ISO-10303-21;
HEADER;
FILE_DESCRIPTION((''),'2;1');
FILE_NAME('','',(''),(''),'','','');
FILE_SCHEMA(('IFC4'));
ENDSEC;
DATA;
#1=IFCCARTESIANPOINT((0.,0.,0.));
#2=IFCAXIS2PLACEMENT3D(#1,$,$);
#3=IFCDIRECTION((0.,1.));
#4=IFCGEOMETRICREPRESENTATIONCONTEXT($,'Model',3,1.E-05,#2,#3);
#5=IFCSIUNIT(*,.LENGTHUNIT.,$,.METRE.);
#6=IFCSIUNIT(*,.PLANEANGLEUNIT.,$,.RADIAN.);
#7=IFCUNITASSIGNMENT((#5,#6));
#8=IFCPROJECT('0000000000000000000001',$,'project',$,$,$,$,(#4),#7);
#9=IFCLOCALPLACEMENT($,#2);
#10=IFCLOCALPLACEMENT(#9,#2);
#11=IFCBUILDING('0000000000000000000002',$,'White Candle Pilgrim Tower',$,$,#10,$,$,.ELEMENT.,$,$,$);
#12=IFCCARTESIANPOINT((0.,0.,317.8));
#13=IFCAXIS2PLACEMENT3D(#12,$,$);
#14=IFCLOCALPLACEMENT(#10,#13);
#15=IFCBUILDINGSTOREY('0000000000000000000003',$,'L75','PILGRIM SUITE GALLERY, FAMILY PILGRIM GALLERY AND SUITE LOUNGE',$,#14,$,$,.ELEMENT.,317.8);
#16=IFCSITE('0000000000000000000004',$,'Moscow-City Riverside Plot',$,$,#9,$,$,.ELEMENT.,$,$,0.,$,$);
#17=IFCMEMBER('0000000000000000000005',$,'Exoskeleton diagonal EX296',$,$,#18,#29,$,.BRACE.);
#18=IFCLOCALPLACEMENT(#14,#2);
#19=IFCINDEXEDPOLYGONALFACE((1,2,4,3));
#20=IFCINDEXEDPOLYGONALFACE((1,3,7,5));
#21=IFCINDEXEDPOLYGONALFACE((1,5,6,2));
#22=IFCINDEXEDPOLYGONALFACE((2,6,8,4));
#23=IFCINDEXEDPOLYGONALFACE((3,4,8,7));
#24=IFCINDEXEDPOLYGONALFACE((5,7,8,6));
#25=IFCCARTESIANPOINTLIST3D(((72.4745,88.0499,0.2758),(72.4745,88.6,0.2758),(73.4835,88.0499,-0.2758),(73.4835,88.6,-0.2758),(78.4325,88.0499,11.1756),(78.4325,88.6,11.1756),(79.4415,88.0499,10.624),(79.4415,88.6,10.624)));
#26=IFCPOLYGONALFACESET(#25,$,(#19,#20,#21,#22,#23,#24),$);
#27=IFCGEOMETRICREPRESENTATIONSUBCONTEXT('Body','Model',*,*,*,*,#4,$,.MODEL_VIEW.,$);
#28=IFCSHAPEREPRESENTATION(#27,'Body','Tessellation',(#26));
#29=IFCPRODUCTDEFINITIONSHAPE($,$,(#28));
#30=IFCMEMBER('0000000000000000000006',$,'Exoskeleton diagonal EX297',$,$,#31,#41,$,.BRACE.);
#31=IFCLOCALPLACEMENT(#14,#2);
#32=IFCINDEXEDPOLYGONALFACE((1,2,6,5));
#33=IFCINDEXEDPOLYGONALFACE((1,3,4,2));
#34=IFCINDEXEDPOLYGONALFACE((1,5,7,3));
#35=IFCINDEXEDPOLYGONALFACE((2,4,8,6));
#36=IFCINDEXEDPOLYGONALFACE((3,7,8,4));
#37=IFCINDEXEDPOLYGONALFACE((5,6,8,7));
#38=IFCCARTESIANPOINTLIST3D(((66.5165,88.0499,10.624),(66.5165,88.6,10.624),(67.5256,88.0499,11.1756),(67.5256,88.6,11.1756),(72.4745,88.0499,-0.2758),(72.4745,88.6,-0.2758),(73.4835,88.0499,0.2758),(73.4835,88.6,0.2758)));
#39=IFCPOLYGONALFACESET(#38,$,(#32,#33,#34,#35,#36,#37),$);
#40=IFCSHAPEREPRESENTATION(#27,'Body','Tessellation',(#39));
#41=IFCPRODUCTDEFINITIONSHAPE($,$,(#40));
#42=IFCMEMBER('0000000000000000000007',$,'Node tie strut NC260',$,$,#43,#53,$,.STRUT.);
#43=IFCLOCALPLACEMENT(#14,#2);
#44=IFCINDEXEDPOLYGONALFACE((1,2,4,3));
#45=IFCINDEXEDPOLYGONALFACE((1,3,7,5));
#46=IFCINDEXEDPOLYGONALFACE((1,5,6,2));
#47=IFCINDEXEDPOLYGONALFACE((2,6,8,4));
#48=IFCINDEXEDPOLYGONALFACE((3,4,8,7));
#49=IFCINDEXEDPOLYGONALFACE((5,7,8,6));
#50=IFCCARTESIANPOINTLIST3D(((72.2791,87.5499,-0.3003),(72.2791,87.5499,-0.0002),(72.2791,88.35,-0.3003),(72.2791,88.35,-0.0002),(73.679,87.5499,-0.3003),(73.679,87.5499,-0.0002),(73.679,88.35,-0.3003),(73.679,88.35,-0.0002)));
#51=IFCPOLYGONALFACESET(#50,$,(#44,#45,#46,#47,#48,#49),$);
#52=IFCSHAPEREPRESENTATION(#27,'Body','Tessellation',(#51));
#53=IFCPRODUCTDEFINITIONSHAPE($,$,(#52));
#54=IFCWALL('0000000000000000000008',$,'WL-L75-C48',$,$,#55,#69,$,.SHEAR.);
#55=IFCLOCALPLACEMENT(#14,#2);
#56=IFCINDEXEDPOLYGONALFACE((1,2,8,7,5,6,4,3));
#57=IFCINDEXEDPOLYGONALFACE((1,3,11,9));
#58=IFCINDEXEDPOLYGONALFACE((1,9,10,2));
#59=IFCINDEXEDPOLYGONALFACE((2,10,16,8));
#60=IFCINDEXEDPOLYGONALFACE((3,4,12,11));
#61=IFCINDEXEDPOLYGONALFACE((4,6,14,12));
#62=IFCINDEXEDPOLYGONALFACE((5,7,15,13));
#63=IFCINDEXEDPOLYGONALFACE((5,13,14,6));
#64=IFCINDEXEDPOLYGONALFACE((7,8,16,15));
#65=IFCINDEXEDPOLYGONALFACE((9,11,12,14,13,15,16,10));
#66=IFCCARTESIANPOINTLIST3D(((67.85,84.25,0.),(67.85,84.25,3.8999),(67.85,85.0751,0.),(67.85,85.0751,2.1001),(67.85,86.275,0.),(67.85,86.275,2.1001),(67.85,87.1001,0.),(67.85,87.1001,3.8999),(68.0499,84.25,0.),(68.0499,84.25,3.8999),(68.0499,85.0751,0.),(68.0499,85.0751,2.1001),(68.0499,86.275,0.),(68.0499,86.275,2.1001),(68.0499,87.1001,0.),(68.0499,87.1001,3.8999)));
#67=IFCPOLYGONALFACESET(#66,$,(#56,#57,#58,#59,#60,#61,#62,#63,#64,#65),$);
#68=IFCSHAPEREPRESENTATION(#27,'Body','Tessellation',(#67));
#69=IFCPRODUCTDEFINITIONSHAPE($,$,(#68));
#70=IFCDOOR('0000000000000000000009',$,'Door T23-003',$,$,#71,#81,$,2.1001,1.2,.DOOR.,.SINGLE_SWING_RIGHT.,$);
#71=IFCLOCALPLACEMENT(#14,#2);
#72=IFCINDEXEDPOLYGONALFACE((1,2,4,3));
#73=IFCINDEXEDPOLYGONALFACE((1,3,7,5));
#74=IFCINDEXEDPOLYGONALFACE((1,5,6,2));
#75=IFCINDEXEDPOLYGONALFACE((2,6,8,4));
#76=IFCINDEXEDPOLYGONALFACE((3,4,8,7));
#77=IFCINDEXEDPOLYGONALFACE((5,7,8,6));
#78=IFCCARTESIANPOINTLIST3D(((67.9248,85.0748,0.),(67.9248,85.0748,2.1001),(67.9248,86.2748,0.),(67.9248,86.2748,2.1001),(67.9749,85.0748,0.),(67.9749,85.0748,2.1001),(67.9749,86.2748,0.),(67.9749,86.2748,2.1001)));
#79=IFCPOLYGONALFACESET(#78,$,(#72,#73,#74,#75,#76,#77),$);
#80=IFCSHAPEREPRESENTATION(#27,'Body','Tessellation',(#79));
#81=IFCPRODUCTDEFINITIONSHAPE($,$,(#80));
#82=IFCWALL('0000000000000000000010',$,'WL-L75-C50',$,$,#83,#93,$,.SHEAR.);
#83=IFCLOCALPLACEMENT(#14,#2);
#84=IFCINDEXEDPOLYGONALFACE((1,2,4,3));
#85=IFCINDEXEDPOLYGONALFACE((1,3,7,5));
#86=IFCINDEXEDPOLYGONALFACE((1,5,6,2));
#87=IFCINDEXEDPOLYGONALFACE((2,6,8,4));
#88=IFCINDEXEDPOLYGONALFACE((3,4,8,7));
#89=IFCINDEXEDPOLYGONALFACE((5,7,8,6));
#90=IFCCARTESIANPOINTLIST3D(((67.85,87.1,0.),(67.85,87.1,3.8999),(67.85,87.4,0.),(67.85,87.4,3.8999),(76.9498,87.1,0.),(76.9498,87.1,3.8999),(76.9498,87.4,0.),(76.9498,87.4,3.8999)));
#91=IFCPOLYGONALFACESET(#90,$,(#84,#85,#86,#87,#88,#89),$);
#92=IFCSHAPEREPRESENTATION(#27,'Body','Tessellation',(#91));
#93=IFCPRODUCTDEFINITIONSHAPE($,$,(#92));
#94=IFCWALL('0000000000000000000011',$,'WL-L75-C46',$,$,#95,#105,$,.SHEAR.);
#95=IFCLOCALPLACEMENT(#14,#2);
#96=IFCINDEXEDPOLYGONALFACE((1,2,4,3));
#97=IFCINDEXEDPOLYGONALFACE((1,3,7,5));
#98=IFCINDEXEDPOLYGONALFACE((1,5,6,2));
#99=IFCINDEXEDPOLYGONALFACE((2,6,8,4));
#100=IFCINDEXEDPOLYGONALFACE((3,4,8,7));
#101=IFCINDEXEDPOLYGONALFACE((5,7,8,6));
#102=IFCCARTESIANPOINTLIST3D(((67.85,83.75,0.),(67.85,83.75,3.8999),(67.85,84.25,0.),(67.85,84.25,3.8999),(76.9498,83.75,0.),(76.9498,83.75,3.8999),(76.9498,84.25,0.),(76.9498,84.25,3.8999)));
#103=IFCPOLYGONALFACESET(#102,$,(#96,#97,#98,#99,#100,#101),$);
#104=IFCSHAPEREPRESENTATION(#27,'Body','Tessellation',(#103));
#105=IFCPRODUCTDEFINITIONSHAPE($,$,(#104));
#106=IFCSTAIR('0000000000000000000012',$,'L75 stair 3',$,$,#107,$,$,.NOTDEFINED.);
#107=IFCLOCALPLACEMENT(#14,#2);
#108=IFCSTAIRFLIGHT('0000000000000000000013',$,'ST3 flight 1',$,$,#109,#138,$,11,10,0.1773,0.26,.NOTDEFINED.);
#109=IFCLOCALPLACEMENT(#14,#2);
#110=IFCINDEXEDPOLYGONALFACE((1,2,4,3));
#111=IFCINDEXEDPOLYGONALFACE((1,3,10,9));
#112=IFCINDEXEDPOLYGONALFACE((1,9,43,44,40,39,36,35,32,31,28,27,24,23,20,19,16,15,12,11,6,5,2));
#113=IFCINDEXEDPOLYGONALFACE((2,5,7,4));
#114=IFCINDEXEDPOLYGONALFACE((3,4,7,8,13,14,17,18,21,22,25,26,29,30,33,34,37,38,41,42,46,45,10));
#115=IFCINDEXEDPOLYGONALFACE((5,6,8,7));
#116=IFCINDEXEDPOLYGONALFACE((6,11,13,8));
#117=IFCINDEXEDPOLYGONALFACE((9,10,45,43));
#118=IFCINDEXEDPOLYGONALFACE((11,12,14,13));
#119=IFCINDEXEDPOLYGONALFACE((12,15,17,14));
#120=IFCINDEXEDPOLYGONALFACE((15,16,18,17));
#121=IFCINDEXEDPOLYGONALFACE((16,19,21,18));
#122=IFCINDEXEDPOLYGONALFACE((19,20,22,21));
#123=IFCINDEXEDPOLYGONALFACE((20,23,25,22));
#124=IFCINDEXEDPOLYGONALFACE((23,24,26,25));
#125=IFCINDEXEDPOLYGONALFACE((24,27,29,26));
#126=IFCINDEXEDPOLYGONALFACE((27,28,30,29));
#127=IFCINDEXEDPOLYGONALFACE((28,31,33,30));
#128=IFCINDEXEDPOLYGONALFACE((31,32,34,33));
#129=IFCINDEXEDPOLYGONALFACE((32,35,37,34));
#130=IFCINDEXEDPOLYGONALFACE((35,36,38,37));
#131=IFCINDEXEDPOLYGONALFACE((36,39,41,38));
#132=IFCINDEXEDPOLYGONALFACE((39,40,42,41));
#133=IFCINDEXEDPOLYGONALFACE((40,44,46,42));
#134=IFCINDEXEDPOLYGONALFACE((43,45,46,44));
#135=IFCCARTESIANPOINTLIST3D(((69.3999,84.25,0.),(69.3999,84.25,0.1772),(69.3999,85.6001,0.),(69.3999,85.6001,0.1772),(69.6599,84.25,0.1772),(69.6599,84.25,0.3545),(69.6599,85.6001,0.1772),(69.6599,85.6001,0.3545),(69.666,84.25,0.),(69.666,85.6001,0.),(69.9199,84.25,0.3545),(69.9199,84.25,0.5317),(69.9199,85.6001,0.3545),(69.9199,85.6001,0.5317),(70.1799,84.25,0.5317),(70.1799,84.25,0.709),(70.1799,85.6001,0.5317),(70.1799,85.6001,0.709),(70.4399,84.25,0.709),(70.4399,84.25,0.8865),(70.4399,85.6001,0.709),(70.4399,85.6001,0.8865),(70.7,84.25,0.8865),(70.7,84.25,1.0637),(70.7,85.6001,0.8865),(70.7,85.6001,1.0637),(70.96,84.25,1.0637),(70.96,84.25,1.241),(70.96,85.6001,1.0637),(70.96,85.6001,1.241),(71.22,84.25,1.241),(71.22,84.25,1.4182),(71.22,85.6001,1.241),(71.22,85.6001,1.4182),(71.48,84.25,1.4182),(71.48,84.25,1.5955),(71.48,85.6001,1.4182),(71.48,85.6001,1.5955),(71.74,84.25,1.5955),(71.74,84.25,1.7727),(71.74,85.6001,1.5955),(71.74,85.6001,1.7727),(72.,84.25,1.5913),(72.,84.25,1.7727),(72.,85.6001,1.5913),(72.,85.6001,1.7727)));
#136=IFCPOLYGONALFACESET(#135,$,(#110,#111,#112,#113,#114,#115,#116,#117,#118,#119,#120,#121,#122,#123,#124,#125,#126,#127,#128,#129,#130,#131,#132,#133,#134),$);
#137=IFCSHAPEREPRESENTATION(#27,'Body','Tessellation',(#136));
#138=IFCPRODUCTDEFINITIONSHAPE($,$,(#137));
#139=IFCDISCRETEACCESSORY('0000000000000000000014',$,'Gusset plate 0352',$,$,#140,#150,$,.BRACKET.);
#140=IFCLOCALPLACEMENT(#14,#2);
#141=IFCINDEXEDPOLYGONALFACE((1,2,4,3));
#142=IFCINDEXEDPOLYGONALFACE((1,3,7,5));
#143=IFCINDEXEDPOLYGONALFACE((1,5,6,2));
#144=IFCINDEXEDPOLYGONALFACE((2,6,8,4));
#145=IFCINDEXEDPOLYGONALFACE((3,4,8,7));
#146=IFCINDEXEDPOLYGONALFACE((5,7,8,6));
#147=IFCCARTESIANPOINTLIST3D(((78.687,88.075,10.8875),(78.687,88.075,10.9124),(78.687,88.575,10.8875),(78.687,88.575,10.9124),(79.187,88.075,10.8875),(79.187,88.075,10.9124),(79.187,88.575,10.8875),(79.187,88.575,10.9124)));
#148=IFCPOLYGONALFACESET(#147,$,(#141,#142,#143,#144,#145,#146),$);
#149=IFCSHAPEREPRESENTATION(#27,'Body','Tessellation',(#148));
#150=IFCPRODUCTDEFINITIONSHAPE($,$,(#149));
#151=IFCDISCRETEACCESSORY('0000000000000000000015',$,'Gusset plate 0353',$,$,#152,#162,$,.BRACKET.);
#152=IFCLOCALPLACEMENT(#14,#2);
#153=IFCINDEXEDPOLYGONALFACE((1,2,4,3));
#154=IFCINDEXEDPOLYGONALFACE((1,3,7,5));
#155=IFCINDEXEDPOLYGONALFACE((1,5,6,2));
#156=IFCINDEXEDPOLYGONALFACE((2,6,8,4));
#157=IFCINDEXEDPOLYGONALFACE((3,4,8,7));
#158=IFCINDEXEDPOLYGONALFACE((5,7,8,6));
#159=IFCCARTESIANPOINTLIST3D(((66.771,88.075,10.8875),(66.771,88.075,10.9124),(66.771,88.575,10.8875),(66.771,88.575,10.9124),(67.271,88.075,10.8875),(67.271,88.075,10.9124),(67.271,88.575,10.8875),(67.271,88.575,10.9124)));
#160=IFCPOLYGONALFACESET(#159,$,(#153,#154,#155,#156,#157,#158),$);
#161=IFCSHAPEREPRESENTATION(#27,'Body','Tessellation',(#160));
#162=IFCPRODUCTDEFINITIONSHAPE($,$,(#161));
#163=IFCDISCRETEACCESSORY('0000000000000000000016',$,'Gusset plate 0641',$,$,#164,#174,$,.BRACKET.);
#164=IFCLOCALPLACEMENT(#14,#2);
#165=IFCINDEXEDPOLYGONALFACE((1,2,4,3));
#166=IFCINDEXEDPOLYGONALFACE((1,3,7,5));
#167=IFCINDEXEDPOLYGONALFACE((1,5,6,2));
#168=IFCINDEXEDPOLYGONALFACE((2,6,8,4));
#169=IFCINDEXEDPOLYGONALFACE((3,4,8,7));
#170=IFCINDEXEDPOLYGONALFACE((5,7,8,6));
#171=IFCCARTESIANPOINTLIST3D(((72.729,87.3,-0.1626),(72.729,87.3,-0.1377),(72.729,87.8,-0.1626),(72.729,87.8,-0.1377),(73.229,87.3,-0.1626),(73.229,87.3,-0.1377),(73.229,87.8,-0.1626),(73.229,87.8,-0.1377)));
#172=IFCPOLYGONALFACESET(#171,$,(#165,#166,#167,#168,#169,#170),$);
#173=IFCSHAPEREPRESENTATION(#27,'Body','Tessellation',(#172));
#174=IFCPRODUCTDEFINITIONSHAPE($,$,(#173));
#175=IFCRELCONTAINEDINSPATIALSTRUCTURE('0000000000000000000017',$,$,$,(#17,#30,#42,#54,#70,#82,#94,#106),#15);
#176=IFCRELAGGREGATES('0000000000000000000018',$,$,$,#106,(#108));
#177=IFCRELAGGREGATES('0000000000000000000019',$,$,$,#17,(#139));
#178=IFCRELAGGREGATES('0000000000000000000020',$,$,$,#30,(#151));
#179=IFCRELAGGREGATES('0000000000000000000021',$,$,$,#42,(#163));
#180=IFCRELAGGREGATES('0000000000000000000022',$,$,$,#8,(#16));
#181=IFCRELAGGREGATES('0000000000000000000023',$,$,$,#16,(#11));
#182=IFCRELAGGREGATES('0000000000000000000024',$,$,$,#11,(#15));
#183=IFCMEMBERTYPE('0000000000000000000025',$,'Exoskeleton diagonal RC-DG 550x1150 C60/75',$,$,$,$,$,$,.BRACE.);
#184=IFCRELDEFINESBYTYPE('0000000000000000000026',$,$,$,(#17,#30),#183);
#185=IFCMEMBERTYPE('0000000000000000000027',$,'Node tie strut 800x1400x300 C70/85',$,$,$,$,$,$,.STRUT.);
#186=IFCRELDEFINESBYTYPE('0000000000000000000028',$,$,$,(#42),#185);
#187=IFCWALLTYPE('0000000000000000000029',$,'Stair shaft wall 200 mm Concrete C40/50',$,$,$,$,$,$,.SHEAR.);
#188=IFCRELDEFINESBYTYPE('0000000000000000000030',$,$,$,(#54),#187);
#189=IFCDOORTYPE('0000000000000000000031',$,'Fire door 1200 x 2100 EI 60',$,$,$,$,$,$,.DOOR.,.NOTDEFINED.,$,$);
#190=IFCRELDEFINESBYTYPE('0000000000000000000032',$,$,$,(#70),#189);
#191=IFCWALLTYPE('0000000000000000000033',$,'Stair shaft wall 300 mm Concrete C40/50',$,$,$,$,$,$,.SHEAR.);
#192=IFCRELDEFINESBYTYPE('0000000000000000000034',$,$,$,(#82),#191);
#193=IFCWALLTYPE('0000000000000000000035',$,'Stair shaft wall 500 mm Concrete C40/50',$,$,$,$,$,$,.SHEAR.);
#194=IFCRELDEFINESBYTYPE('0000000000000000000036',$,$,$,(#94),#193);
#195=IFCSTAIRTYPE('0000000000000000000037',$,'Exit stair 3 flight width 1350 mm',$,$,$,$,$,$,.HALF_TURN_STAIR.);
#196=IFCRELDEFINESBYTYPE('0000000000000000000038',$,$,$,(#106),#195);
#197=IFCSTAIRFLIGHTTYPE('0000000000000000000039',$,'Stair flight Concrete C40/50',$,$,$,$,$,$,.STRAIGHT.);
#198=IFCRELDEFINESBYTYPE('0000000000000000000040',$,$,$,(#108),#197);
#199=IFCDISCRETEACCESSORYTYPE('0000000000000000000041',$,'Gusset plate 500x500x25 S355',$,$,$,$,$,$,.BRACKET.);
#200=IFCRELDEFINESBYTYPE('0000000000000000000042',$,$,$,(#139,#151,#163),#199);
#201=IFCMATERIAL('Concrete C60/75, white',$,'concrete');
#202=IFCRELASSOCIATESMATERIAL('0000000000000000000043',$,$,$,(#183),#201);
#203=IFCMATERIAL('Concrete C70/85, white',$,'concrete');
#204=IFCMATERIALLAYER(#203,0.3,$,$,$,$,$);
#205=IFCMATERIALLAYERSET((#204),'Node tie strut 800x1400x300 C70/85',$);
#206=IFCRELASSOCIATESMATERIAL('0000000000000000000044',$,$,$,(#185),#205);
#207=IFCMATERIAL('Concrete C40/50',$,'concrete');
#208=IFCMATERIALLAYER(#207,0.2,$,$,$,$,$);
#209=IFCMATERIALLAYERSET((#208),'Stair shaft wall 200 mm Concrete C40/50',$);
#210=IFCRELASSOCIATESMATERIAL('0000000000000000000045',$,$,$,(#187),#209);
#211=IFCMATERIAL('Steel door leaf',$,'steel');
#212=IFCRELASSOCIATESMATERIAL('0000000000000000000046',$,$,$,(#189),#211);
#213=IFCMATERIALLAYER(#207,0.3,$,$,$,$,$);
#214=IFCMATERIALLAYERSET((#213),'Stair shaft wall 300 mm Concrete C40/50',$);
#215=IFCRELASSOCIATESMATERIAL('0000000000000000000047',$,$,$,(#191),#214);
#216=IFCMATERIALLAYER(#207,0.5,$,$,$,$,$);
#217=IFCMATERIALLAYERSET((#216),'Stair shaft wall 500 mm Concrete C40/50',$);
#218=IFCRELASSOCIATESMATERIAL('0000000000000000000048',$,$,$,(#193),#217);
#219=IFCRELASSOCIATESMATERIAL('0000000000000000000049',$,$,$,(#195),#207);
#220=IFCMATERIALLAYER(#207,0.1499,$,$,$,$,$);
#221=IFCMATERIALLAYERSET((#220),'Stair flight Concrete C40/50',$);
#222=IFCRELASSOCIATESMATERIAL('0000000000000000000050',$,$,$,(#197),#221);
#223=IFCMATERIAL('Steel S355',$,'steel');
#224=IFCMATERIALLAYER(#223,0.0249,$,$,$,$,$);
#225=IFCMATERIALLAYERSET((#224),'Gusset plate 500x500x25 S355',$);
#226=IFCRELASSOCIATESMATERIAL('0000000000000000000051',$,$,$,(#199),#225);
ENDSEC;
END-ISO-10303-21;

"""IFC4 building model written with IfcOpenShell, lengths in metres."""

from ifc_helpers import new_model, si_unit, direction, frame, frame_2d, origin, origin_2d, place, context, subcontext, project, spatial, polyline, rectangle, outline, extrude, material, layer, layer_set, material_profile, profile_set, type_object, element, fill, aggregate, save


model = new_model("IFC4")

# Units and contexts
model_context = context("Model", 3, precision=1e-05, world=origin(), true_north=direction((0.0, 1.0)))
body_context = subcontext(model_context, "Body", "Model", "MODEL_VIEW")
ifc_project = project(units=[si_unit("LENGTHUNIT", "METRE"), si_unit("PLANEANGLEUNIT", "RADIAN")], contexts=[model_context])

# Site, building, storey
site_placement = place(None, origin())
site = spatial("IfcSite", under=ifc_project, at=site_placement, Name="Moscow-City Riverside Plot", CompositionType="ELEMENT", RefElevation=0.0)
building_placement = place(site_placement, origin())
building = spatial("IfcBuilding", under=site, at=building_placement, Name="White Candle Pilgrim Tower", CompositionType="ELEMENT")
storey_placement = place(building_placement, frame((0.0, 0.0, 317.8)))
storey = spatial("IfcBuildingStorey", under=building, at=storey_placement, Name="L75", Description="PILGRIM SUITE GALLERY, FAMILY PILGRIM GALLERY AND SUITE LOUNGE", CompositionType="ELEMENT", Elevation=317.8)

# Members
ifc_material_1 = material(Name="Concrete C60/75, white", Category="concrete")
ifc_material_profile = material_profile(ifc_material_1, rectangle(XDim=0.55, YDim=1.1499, at=origin_2d()), Name="RC-DG 550x1150")
ifc_profile_set = profile_set([ifc_material_profile], Name="Concrete C60/75, white")
member_type_1 = type_object("IfcMemberType", Name="Exoskeleton diagonal RC-DG 550x1150 C60/75", PredefinedType="BRACE", material=ifc_profile_set)
member_1_placement = place(storey_placement, frame((72.979, 88.325, 0.0), z_axis=(0.479634, 0.0, 0.877469), x_axis=(0.0, 1.0, 0.0)))
member_1 = element("IfcMember", 1, at=member_1_placement, inside=storey, type_object=member_type_1, Name="Exoskeleton diagonal EX296", PredefinedType="BRACE", context=body_context, shape_type="SweptSolid", body=[
    extrude(rectangle(XDim=0.55, YDim=1.1499, at=origin_2d()), origin(), (0.0, 0.0, 1.0), 12.4219),
])
member_2_placement = place(storey_placement, frame((72.979, 88.325, 0.0), z_axis=(-0.479634, 0.0, 0.877469), x_axis=(0.0, -1.0, 0.0)))
member_2 = element("IfcMember", 2, at=member_2_placement, inside=storey, type_object=member_type_1, Name="Exoskeleton diagonal EX297", PredefinedType="BRACE", context=body_context, shape_type="SweptSolid", body=[
    extrude(rectangle(XDim=0.55, YDim=1.1499, at=origin_2d()), origin(), (0.0, 0.0, 1.0), 12.4219),
])
ifc_material_2 = material(Name="Concrete C70/85, white", Category="concrete")
ifc_layer_1 = layer(ifc_material_2, 0.3)
ifc_layer_set_1 = layer_set([ifc_layer_1], Name="Node tie strut 800x1400x300 C70/85")
member_type_2 = type_object("IfcMemberType", Name="Node tie strut 800x1400x300 C70/85", PredefinedType="STRUT", material=ifc_layer_set_1)
member_3_placement = place(storey_placement, frame((72.979, 87.95, -0.3003), z_axis=(0.0, 0.0, 1.0), x_axis=(-1.0, 0.0, 0.0)))
member_3 = element("IfcMember", 3, at=member_3_placement, inside=storey, type_object=member_type_2, Name="Node tie strut NC260", PredefinedType="STRUT", context=body_context, shape_type="SweptSolid", body=[
    extrude(rectangle(XDim=1.3999, YDim=0.8, at=origin_2d()), origin(), (0.0, 0.0, 1.0), 0.3),
])

# Wall, opening, door
ifc_material_3 = material(Name="Concrete C40/50", Category="concrete")
ifc_layer_2 = layer(ifc_material_3, 0.2)
ifc_layer_set_2 = layer_set([ifc_layer_2], Name="Stair shaft wall 200 mm Concrete C40/50")
wall_type_1 = type_object("IfcWallType", Name="Stair shaft wall 200 mm Concrete C40/50", PredefinedType="SHEAR", material=ifc_layer_set_2)
wall_1_placement = place(storey_placement, frame((67.95, 84.25, 0.0), z_axis=(0.0, 0.0, 1.0), x_axis=(0.0, 1.0, 0.0)))
wall_1 = element("IfcWall", 4, at=wall_1_placement, inside=storey, type_object=wall_type_1, Name="WL-L75-C48", PredefinedType="SHEAR", context=body_context, shape_type="SweptSolid", body=[
    extrude(rectangle(XDim=2.8501, YDim=0.2, at=frame_2d((1.425, 0.0))), origin(), (0.0, 0.0, 1.0), 3.8999),
])
opening_placement = place(wall_1_placement, frame((0.825, 0.0, 0.0)))
opening = element("IfcOpeningElement", 5, at=opening_placement, cuts=wall_1, PredefinedType="OPENING", context=body_context, shape_type="SweptSolid", body=[
    extrude(rectangle(XDim=1.2, YDim=2.1001, at=frame_2d((0.6001, 1.05))), frame((0.0, 0.1099, 0.0), z_axis=(0.0, -1.0, 0.0), x_axis=(1.0, 0.0, 0.0)), (0.0, 0.0, 1.0), 0.22),
])
ifc_material_4 = material(Name="Steel door leaf", Category="steel")
door_type = type_object("IfcDoorType", Name="Fire door 1200 x 2100 EI 60", OperationType="NOTDEFINED", PredefinedType="DOOR", material=ifc_material_4)
door_placement = place(opening_placement, frame((1.2, 0.0, 0.0), z_axis=(0.0, 0.0, 1.0), x_axis=(-1.0, 0.0, 0.0)))
door = element("IfcDoor", 6, at=door_placement, inside=storey, type_object=door_type, Name="Door T23-003", OperationType="SINGLE_SWING_RIGHT", OverallHeight=2.1001, OverallWidth=1.2, PredefinedType="DOOR", context=body_context, shape_type="SweptSolid", body=[
    extrude(rectangle(XDim=1.2, YDim=2.1001, at=frame_2d((0.6001, 1.05))), frame((0.0, 0.0249, 0.0), z_axis=(0.0, -1.0, 0.0), x_axis=(1.0, 0.0, 0.0)), (0.0, 0.0, 1.0), 0.05),
])
fill(opening, door)

# Walls
ifc_layer_3 = layer(ifc_material_3, 0.3)
ifc_layer_set_3 = layer_set([ifc_layer_3], Name="Stair shaft wall 300 mm Concrete C40/50")
wall_type_2 = type_object("IfcWallType", Name="Stair shaft wall 300 mm Concrete C40/50", PredefinedType="SHEAR", material=ifc_layer_set_3)
wall_2_placement = place(storey_placement, frame((67.8501, 87.25, 0.0), z_axis=(0.0, 0.0, 1.0), x_axis=(1.0, 0.0, 0.0)))
element("IfcWall", 7, at=wall_2_placement, inside=storey, type_object=wall_type_2, Name="WL-L75-C50", PredefinedType="SHEAR", context=body_context, shape_type="SweptSolid", body=[
    extrude(rectangle(XDim=9.0999, YDim=0.3, at=frame_2d((4.5498, 0.0))), origin(), (0.0, 0.0, 1.0), 3.8999),
])
ifc_layer_4 = layer(ifc_material_3, 0.5)
ifc_layer_set_4 = layer_set([ifc_layer_4], Name="Stair shaft wall 500 mm Concrete C40/50")
wall_type_3 = type_object("IfcWallType", Name="Stair shaft wall 500 mm Concrete C40/50", PredefinedType="SHEAR", material=ifc_layer_set_4)
wall_3_placement = place(storey_placement, frame((67.8501, 84.0, 0.0), z_axis=(0.0, 0.0, 1.0), x_axis=(1.0, 0.0, 0.0)))
element("IfcWall", 8, at=wall_3_placement, inside=storey, type_object=wall_type_3, Name="WL-L75-C46", PredefinedType="SHEAR", context=body_context, shape_type="SweptSolid", body=[
    extrude(rectangle(XDim=9.0999, YDim=0.5, at=frame_2d((4.5498, 0.0))), origin(), (0.0, 0.0, 1.0), 3.8999),
])

# Stair, stair flight
stair_type = type_object("IfcStairType", Name="Exit stair 3 flight width 1350 mm", PredefinedType="HALF_TURN_STAIR", material=ifc_material_3)
stair_placement = place(storey_placement, origin())
stair = element("IfcStair", 9, at=stair_placement, inside=storey, type_object=stair_type, Name="L75 stair 3", PredefinedType="NOTDEFINED")
ifc_layer_5 = layer(ifc_material_3, 0.1499)
ifc_layer_set_5 = layer_set([ifc_layer_5], Name="Stair flight Concrete C40/50")
stair_flight_type = type_object("IfcStairFlightType", Name="Stair flight Concrete C40/50", PredefinedType="STRAIGHT", material=ifc_layer_set_5)
stair_flight_1_placement = place(storey_placement, frame((69.3999, 84.925, 0.0), z_axis=(0.0, 0.0, 1.0), x_axis=(1.0, 0.0, 0.0)))
stair_flight_1 = element("IfcStairFlight", 10, at=stair_flight_1_placement, type_object=stair_flight_type, Name="ST3 flight 1", NumberOfRisers=11, NumberOfTreads=10, PredefinedType="NOTDEFINED", RiserHeight=0.1773, TreadLength=0.26, context=body_context, shape_type="SweptSolid", body=[
    extrude(outline(polyline([(0.0, 0.0), (0.0, 0.1772), (0.26, 0.1772), (0.26, 0.3545), (0.52, 0.3545), (0.52, 0.5317), (0.78, 0.5317), (0.78, 0.709), (1.04, 0.709), (1.04, 0.8865), (1.3, 0.8865), (1.3, 1.0637), (1.5601, 1.0637), (1.5601, 1.241), (1.8201, 1.241), (1.8201, 1.4182), (2.0801, 1.4182), (2.0801, 1.5955), (2.3401, 1.5955), (2.3401, 1.7727), (2.6001, 1.7727), (2.6001, 1.95), (2.6001, 1.5913), (0.2661, 0.0), (0.0, 0.0)])), frame((0.0, 0.675, 0.0), z_axis=(0.0, -1.0, 0.0), x_axis=(1.0, 0.0, 0.0)), (0.0, 0.0, 1.0), 1.3501),
])
aggregate(stair, [stair_flight_1])

# Discrete accessories
ifc_material_5 = material(Name="Steel S355", Category="steel")
ifc_layer_6 = layer(ifc_material_5, 0.0249)
ifc_layer_set_6 = layer_set([ifc_layer_6], Name="Gusset plate 500x500x25 S355")
discrete_accessory_type = type_object("IfcDiscreteAccessoryType", Name="Gusset plate 500x500x25 S355", PredefinedType="BRACKET", material=ifc_layer_set_6)
placement = place(building_placement, frame((0.0, 0.0, 328.7)))
discrete_accessory_1_placement = place(placement, frame((78.937, 88.325, -0.0125), z_axis=(0.0, 0.0, 1.0), x_axis=(1.0, 0.0, 0.0)))
discrete_accessory_1 = element("IfcDiscreteAccessory", 11, at=discrete_accessory_1_placement, type_object=discrete_accessory_type, Name="Gusset plate 0352", PredefinedType="BRACKET", context=body_context, shape_type="SweptSolid", body=[
    extrude(rectangle(XDim=0.5, YDim=0.5, at=origin_2d()), origin(), (0.0, 0.0, 1.0), 0.0249),
])
aggregate(member_1, [discrete_accessory_1])
discrete_accessory_2_placement = place(placement, frame((67.021, 88.325, -0.0125), z_axis=(0.0, 0.0, 1.0), x_axis=(1.0, 0.0, 0.0)))
discrete_accessory_2 = element("IfcDiscreteAccessory", 12, at=discrete_accessory_2_placement, type_object=discrete_accessory_type, Name="Gusset plate 0353", PredefinedType="BRACKET", context=body_context, shape_type="SweptSolid", body=[
    extrude(rectangle(XDim=0.5, YDim=0.5, at=origin_2d()), origin(), (0.0, 0.0, 1.0), 0.0249),
])
aggregate(member_2, [discrete_accessory_2])
discrete_accessory_3_placement = place(storey_placement, frame((72.979, 87.55, -0.1626), z_axis=(0.0, 0.0, 1.0), x_axis=(1.0, 0.0, 0.0)))
discrete_accessory_3 = element("IfcDiscreteAccessory", 13, at=discrete_accessory_3_placement, type_object=discrete_accessory_type, Name="Gusset plate 0641", PredefinedType="BRACKET", context=body_context, shape_type="SweptSolid", body=[
    extrude(rectangle(XDim=0.5, YDim=0.5, at=origin_2d()), origin(), (0.0, 0.0, 1.0), 0.0249),
])
aggregate(member_3, [discrete_accessory_3])

save(model, "model.ifc")
